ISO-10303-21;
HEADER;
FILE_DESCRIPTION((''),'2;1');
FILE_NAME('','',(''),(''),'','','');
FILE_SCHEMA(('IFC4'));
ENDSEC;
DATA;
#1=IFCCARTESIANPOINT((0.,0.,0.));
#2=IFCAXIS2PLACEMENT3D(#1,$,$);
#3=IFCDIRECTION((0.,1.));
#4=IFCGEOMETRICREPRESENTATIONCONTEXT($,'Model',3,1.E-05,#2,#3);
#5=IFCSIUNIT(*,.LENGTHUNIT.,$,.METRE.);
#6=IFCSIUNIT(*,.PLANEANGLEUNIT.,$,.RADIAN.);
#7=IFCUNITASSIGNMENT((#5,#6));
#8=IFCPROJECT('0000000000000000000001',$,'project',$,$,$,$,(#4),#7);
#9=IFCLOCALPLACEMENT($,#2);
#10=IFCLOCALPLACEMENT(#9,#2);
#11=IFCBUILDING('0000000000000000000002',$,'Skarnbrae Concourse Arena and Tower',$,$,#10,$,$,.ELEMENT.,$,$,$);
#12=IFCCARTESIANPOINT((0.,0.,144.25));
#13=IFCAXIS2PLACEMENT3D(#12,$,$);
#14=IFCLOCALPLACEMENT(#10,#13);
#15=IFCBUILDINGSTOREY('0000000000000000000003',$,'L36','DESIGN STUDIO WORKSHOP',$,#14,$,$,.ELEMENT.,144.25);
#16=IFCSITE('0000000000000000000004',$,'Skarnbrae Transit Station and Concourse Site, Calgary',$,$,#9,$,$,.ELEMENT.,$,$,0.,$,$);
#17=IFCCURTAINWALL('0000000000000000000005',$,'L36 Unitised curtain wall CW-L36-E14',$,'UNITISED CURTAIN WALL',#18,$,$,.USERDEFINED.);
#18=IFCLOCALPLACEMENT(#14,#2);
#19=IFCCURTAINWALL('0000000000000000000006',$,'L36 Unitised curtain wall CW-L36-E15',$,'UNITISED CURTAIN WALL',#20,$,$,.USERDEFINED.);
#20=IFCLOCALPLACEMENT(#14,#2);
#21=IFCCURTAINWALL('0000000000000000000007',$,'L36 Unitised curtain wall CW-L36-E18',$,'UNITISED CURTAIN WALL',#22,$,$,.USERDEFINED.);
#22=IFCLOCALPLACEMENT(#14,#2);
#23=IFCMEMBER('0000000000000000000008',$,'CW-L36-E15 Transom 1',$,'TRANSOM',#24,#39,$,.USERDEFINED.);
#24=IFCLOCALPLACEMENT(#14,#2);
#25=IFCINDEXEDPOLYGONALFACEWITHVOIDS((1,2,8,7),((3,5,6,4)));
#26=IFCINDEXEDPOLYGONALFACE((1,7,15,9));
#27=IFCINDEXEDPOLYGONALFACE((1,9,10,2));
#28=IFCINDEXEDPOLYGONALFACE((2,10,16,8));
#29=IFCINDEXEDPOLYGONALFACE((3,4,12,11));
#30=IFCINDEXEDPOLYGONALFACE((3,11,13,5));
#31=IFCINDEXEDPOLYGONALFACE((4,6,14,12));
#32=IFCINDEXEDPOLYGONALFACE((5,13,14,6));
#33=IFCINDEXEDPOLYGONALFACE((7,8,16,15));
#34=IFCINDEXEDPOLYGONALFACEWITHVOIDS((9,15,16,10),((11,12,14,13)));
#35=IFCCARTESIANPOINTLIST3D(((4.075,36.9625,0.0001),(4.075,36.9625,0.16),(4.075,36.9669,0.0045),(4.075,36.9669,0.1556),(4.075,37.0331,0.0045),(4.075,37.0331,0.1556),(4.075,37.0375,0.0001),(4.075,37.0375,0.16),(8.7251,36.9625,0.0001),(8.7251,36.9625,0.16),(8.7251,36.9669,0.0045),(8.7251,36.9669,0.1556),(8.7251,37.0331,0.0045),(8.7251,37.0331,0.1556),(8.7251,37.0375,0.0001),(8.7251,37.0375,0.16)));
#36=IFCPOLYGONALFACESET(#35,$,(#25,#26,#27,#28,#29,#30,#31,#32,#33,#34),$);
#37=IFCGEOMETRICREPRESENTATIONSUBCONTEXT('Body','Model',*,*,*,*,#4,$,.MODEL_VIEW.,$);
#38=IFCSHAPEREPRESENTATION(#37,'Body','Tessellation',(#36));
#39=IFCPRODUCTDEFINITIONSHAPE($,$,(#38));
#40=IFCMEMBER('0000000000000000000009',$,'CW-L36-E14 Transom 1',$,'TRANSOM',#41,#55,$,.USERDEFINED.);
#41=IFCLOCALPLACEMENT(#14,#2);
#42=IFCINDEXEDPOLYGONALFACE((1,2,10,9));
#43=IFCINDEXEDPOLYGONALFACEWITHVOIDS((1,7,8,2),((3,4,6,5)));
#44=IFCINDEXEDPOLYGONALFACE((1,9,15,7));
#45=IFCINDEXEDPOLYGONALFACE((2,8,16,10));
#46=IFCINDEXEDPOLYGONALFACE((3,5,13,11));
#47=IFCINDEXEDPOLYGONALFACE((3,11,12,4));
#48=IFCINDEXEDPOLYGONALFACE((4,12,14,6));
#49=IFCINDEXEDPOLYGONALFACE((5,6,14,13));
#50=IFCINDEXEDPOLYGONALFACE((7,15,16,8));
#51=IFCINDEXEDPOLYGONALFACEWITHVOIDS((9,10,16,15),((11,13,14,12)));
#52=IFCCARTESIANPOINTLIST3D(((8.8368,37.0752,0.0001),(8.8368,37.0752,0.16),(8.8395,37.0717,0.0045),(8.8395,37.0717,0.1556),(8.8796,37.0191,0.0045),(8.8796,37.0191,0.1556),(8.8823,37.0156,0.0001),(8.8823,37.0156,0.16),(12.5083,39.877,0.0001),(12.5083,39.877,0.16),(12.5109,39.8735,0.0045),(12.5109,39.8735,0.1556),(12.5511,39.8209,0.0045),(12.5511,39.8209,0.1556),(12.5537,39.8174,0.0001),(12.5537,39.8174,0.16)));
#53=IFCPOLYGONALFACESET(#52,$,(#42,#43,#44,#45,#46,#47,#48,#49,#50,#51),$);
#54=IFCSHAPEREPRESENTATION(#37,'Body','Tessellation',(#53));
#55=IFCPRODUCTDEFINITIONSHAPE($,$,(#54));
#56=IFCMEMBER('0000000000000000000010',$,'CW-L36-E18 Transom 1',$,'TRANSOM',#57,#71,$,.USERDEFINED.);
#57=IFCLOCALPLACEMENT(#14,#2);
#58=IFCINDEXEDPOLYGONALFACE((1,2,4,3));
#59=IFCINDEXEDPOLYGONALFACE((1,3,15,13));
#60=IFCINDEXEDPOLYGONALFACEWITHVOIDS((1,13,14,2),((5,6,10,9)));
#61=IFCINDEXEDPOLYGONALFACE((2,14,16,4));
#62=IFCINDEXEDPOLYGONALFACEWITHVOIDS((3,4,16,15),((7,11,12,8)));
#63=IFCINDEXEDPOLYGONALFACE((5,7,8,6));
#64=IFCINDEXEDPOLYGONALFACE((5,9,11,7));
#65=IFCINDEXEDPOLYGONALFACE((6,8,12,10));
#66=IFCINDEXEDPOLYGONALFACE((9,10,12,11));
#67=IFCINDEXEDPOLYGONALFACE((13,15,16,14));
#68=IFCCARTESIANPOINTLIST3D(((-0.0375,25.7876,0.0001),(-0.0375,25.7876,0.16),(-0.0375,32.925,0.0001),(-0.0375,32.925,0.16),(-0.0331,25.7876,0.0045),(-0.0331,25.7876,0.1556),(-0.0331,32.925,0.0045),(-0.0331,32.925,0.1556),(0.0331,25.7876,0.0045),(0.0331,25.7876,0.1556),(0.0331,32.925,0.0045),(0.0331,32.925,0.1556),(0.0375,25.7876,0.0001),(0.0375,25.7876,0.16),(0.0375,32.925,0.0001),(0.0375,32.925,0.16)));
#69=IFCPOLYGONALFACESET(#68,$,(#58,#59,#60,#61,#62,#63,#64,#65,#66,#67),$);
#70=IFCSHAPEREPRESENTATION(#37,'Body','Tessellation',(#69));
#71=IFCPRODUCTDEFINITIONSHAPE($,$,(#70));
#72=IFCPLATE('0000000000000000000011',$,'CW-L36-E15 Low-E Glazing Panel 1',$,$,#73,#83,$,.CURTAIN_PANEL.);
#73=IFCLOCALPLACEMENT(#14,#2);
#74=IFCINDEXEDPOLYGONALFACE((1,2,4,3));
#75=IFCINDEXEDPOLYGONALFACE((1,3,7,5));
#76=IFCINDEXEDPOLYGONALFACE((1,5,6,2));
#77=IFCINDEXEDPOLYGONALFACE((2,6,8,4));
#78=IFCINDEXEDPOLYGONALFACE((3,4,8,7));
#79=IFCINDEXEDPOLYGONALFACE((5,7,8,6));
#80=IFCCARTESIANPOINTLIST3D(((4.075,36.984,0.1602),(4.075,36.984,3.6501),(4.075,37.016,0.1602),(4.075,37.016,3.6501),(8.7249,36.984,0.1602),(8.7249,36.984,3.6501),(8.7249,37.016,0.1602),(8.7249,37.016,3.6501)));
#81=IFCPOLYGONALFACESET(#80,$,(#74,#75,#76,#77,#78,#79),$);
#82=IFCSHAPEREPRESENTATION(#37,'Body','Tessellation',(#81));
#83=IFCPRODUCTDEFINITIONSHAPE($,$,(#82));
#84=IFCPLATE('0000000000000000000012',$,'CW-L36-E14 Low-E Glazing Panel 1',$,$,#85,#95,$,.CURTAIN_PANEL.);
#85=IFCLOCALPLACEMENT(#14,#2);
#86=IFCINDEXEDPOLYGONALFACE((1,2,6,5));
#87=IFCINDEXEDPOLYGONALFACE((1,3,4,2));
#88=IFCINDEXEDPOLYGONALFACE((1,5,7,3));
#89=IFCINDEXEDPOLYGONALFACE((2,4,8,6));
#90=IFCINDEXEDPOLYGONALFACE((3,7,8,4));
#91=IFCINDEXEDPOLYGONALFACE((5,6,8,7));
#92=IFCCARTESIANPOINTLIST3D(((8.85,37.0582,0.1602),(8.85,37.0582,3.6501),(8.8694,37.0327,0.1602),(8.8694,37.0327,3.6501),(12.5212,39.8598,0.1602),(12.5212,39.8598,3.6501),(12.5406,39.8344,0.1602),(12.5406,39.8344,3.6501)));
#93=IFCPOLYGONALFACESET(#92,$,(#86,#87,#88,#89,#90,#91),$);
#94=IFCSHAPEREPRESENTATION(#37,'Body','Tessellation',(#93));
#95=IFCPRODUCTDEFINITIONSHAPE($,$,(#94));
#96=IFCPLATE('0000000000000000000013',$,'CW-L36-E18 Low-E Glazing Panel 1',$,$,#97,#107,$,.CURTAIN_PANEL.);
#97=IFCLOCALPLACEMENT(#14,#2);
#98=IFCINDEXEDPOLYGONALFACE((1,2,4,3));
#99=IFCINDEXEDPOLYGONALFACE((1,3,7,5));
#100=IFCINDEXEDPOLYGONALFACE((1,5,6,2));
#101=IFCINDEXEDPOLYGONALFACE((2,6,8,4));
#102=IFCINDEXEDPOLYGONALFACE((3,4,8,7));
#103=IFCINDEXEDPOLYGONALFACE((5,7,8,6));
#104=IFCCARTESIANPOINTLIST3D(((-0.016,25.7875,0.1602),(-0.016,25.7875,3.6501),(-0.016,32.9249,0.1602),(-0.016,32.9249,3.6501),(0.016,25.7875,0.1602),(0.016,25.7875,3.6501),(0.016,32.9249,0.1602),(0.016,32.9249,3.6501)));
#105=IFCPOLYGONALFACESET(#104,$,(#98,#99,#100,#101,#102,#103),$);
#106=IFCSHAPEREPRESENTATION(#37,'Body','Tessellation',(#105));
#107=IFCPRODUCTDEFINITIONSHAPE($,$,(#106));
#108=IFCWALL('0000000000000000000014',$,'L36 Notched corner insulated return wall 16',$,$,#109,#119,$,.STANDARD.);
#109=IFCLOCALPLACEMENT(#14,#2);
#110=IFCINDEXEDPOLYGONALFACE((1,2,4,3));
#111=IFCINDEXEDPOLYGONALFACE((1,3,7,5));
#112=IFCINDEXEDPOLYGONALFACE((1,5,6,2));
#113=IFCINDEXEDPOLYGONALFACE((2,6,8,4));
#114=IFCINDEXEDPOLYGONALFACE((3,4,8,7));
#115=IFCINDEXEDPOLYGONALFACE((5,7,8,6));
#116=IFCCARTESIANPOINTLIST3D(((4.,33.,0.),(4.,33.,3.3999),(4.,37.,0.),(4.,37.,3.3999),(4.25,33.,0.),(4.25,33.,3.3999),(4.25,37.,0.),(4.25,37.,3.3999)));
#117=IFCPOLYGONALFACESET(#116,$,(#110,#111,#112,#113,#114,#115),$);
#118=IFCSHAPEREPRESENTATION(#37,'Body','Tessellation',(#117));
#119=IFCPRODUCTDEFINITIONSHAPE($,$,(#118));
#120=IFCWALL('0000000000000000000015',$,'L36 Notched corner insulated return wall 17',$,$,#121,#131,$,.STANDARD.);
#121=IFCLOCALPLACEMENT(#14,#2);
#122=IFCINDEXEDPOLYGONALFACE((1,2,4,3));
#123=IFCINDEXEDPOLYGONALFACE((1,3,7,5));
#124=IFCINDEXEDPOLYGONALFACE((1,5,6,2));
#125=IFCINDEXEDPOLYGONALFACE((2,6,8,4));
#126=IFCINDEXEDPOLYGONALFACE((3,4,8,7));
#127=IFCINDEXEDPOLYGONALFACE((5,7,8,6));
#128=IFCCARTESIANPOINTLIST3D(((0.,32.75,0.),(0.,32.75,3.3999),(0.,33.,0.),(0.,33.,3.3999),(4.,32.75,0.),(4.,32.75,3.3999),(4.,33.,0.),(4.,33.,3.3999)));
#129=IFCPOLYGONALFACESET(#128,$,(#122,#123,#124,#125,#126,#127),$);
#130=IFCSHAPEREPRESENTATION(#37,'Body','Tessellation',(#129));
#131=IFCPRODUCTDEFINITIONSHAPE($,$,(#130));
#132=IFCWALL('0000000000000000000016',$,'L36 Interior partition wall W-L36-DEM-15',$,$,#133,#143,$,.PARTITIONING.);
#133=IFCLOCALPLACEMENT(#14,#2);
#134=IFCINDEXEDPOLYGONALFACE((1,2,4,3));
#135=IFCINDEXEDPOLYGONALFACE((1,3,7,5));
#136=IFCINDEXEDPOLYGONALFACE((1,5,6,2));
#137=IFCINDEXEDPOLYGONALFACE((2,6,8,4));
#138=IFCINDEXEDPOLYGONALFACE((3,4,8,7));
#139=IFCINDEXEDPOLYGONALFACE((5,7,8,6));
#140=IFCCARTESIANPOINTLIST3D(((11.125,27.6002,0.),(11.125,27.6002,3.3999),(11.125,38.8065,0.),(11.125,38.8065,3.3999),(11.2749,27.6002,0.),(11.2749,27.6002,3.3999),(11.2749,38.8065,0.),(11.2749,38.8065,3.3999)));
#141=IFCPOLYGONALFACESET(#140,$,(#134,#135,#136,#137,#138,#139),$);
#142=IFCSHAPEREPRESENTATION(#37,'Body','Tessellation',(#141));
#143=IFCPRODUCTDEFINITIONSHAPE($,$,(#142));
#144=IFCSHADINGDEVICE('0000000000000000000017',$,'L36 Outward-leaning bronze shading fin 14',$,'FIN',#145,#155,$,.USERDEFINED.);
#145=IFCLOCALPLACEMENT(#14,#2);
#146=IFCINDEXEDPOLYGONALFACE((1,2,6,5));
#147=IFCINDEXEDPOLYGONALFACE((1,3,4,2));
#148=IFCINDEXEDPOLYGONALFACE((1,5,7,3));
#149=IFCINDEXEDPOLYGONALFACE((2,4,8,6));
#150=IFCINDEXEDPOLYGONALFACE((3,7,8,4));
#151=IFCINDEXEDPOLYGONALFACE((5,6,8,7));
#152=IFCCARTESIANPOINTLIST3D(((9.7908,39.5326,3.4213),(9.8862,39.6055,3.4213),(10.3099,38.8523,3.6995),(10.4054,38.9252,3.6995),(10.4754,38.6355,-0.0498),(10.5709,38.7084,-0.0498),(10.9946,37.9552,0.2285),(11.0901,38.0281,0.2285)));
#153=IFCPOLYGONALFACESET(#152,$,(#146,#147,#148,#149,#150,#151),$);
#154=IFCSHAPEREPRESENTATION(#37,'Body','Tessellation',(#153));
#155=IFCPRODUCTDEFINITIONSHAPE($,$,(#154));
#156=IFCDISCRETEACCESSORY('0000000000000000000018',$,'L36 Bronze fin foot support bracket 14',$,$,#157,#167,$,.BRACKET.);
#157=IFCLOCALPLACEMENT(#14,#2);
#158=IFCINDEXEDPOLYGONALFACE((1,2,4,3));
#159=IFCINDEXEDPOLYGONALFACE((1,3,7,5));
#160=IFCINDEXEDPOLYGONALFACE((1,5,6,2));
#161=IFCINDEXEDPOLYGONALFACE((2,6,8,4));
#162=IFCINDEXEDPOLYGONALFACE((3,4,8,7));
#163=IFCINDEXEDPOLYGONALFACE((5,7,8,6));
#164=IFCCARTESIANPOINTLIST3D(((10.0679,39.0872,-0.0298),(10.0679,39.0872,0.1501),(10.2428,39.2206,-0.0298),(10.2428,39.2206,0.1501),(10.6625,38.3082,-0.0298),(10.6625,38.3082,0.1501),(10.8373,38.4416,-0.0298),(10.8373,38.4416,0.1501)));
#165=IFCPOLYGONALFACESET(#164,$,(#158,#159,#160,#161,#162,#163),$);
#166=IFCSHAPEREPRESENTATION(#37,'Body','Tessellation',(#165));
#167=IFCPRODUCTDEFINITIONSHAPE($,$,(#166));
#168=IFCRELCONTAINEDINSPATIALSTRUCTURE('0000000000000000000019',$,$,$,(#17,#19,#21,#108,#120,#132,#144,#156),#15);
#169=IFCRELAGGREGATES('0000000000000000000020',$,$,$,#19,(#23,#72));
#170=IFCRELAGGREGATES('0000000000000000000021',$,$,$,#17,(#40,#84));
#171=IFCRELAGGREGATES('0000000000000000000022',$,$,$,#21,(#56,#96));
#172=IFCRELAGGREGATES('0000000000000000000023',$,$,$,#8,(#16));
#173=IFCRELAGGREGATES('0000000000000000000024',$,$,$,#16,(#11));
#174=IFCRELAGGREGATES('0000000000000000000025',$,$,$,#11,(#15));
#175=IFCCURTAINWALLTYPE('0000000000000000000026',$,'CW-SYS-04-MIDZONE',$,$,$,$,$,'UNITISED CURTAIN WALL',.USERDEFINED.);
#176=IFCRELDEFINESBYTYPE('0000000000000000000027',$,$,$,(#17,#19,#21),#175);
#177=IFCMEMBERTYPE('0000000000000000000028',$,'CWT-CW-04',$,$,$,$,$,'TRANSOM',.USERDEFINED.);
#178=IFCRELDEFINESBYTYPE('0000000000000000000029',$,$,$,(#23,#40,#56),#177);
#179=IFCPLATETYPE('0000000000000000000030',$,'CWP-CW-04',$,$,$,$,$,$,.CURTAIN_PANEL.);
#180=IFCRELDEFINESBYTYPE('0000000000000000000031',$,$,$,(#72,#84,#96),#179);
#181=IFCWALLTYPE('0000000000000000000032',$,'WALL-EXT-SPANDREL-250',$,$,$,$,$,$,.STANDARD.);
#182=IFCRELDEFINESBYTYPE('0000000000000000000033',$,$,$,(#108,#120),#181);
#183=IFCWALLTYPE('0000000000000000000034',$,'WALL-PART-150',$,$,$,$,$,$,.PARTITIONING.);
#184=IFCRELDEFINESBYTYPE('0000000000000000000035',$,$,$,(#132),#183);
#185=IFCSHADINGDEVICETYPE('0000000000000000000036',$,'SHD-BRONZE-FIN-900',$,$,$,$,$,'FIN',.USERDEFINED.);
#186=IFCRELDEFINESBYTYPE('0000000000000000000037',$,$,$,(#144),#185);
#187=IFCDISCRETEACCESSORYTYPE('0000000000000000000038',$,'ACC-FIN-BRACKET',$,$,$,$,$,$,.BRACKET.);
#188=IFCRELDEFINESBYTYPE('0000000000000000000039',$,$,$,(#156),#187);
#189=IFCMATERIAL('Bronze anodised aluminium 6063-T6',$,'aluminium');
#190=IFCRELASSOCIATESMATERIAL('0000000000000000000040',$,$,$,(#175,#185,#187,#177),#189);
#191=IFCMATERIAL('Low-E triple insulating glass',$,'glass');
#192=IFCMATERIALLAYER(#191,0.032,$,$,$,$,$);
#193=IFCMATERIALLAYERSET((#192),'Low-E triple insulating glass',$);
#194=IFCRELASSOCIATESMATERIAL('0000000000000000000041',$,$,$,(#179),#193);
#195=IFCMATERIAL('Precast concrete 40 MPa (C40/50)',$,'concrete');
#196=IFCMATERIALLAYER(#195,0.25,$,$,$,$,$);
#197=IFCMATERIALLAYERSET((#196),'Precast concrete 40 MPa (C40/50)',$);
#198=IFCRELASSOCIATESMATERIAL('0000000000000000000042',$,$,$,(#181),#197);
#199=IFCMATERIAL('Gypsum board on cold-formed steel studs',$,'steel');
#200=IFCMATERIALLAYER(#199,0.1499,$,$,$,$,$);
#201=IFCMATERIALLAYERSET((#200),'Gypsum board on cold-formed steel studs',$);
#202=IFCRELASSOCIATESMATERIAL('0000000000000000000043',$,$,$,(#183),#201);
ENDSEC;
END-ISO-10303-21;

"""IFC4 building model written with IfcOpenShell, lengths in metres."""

from ifc_helpers import new_model, si_unit, direction, frame, frame_2d, origin, origin_2d, place, context, subcontext, project, spatial, rectangle, hollow_rectangle, extrude, source, transform, mapped, material, layer, layer_set, material_profile, profile_set, type_object, element, aggregate, save


model = new_model("IFC4")

# Units and contexts
model_context = context("Model", 3, precision=1e-05, world=origin(), true_north=direction((0.0, 1.0)))
body_context = subcontext(model_context, "Body", "Model", "MODEL_VIEW")
ifc_project = project(units=[si_unit("LENGTHUNIT", "METRE"), si_unit("PLANEANGLEUNIT", "RADIAN")], contexts=[model_context])

# Site, building, storey
site_placement = place(None, origin())
site = spatial("IfcSite", under=ifc_project, at=site_placement, Name="Skarnbrae Transit Station and Concourse Site, Calgary", CompositionType="ELEMENT", RefElevation=0.0)
building_placement = place(site_placement, origin())
building = spatial("IfcBuilding", under=site, at=building_placement, Name="Skarnbrae Concourse Arena and Tower", CompositionType="ELEMENT")
storey_placement = place(building_placement, frame((0.0, 0.0, 144.25)))
storey = spatial("IfcBuildingStorey", under=building, at=storey_placement, Name="L36", Description="DESIGN STUDIO WORKSHOP", CompositionType="ELEMENT", Elevation=144.25)

# Shared definitions
ifc_material_1 = material(Name="Bronze anodised aluminium 6063-T6", Category="aluminium")
curtain_wall_type = type_object("IfcCurtainWallType", Name="CW-SYS-04-MIDZONE", ElementType="UNITISED CURTAIN WALL", PredefinedType="USERDEFINED", material=ifc_material_1)

# Curtain walls
curtain_wall_1_placement = place(storey_placement, origin())
curtain_wall_1 = element("IfcCurtainWall", 1, at=curtain_wall_1_placement, inside=storey, type_object=curtain_wall_type, Name="L36 Unitised curtain wall CW-L36-E14", ObjectType="UNITISED CURTAIN WALL", PredefinedType="USERDEFINED")
curtain_wall_2_placement = place(storey_placement, origin())
curtain_wall_2 = element("IfcCurtainWall", 2, at=curtain_wall_2_placement, inside=storey, type_object=curtain_wall_type, Name="L36 Unitised curtain wall CW-L36-E15", ObjectType="UNITISED CURTAIN WALL", PredefinedType="USERDEFINED")

# Curtain wall
curtain_wall_3_placement = place(storey_placement, origin())
curtain_wall_3 = element("IfcCurtainWall", 3, at=curtain_wall_3_placement, inside=storey, type_object=curtain_wall_type, Name="L36 Unitised curtain wall CW-L36-E18", ObjectType="UNITISED CURTAIN WALL", PredefinedType="USERDEFINED")

# Members
ifc_material_profile_1 = material_profile(ifc_material_1, hollow_rectangle(XDim=0.075, YDim=0.1599, WallThickness=0.0044, at=origin_2d()), Name="ALU-TRAN-75X160")
ifc_profile_set_1 = profile_set([ifc_material_profile_1], Name="Bronze anodised aluminium 6063-T6")
member_type_1 = type_object("IfcMemberType", Name="CWT-CW-04", ElementType="TRANSOM", PredefinedType="USERDEFINED", material=ifc_profile_set_1)
shared_shape_1 = source(origin(), body_context, "Body", "SweptSolid", [
    extrude(hollow_rectangle(XDim=0.075, YDim=0.1599, WallThickness=0.0044, at=origin_2d()), origin(), (0.0, 0.0, 1.0), 4.6501),
])
member_1_placement = place(storey_placement, frame((8.7251, 37.0, 0.0801), z_axis=(-1.0, 0.0, 0.0), x_axis=(0.0, -1.0, 0.0)))
member_1 = element("IfcMember", 4, at=member_1_placement, type_object=member_type_1, Name="CW-L36-E15 Transom 1", ObjectType="TRANSOM", PredefinedType="USERDEFINED", context=body_context, shape_type="MappedRepresentation", body=[
    mapped(shared_shape_1, transform((0.0, 0.0, 0.0))),
])
shared_shape_2 = source(origin(), body_context, "Body", "SweptSolid", [
    extrude(hollow_rectangle(XDim=0.075, YDim=0.1599, WallThickness=0.0044, at=origin_2d()), origin(), (0.0, 0.0, 1.0), 4.6184),
])
member_2_placement = place(storey_placement, frame((12.531, 39.8472, 0.0801), z_axis=(-0.794961, -0.606661, 0.0), x_axis=(0.606661, -0.794961, 0.0)))
member_2 = element("IfcMember", 5, at=member_2_placement, type_object=member_type_1, Name="CW-L36-E14 Transom 1", ObjectType="TRANSOM", PredefinedType="USERDEFINED", context=body_context, shape_type="MappedRepresentation", body=[
    mapped(shared_shape_2, transform((0.0, 0.0, 0.0))),
])
shared_shape_3 = source(origin(), body_context, "Body", "SweptSolid", [
    extrude(hollow_rectangle(XDim=0.075, YDim=0.1599, WallThickness=0.0044, at=origin_2d()), origin(), (0.0, 0.0, 1.0), 7.1375),
])
member_3_placement = place(storey_placement, frame((0.0, 32.925, 0.0801), z_axis=(0.0, -1.0, 0.0), x_axis=(1.0, 0.0, 0.0)))
member_3 = element("IfcMember", 6, at=member_3_placement, type_object=member_type_1, Name="CW-L36-E18 Transom 1", ObjectType="TRANSOM", PredefinedType="USERDEFINED", context=body_context, shape_type="MappedRepresentation", body=[
    mapped(shared_shape_3, transform((0.0, 0.0, 0.0))),
])

# Plates
ifc_material_2 = material(Name="Low-E triple insulating glass", Category="glass")
ifc_layer_1 = layer(ifc_material_2, 0.032)
ifc_layer_set_1 = layer_set([ifc_layer_1], Name="Low-E triple insulating glass")
plate_type = type_object("IfcPlateType", Name="CWP-CW-04", PredefinedType="CURTAIN_PANEL", material=ifc_layer_set_1)
shared_shape_4 = source(origin(), body_context, "Body", "SweptSolid", [
    extrude(rectangle(XDim=4.6499, YDim=0.032, at=origin_2d()), origin(), (0.0, 0.0, 1.0), 3.49),
])
plate_1_placement = place(storey_placement, frame((6.3999, 37.0, 0.1602), z_axis=(0.0, 0.0, 1.0), x_axis=(-1.0, 0.0, 0.0)))
plate_1 = element("IfcPlate", 7, at=plate_1_placement, type_object=plate_type, Name="CW-L36-E15 Low-E Glazing Panel 1", PredefinedType="CURTAIN_PANEL", context=body_context, shape_type="MappedRepresentation", body=[
    mapped(shared_shape_4, transform((0.0, 0.0, 0.0))),
])
aggregate(curtain_wall_2, [member_1, plate_1])
shared_shape_5 = source(origin(), body_context, "Body", "SweptSolid", [
    extrude(rectangle(XDim=4.6182, YDim=0.032, at=origin_2d()), origin(), (0.0, 0.0, 1.0), 3.49),
])
plate_2_placement = place(storey_placement, frame((10.6953, 38.4463, 0.1602), z_axis=(0.0, 0.0, 1.0), x_axis=(-0.794956, -0.606667, 0.0)))
plate_2 = element("IfcPlate", 8, at=plate_2_placement, type_object=plate_type, Name="CW-L36-E14 Low-E Glazing Panel 1", PredefinedType="CURTAIN_PANEL", context=body_context, shape_type="MappedRepresentation", body=[
    mapped(shared_shape_5, transform((0.0, 0.0, 0.0))),
])
aggregate(curtain_wall_1, [member_2, plate_2])
shared_shape_6 = source(origin(), body_context, "Body", "SweptSolid", [
    extrude(rectangle(XDim=7.1375, YDim=0.032, at=origin_2d()), origin(), (0.0, 0.0, 1.0), 3.49),
])
plate_3_placement = place(storey_placement, frame((0.0, 29.3562, 0.1602), z_axis=(0.0, 0.0, 1.0), x_axis=(0.0, -1.0, 0.0)))
plate_3 = element("IfcPlate", 9, at=plate_3_placement, type_object=plate_type, Name="CW-L36-E18 Low-E Glazing Panel 1", PredefinedType="CURTAIN_PANEL", context=body_context, shape_type="MappedRepresentation", body=[
    mapped(shared_shape_6, transform((0.0, 0.0, 0.0))),
])
aggregate(curtain_wall_3, [member_3, plate_3])

# Walls
ifc_material_3 = material(Name="Precast concrete 40 MPa (C40/50)", Category="concrete")
ifc_layer_2 = layer(ifc_material_3, 0.25)
ifc_layer_set_2 = layer_set([ifc_layer_2], Name="Precast concrete 40 MPa (C40/50)")
wall_type_1 = type_object("IfcWallType", Name="WALL-EXT-SPANDREL-250", PredefinedType="STANDARD", material=ifc_layer_set_2)
shared_shape_7 = source(origin(), body_context, "Body", "SweptSolid", [
    extrude(rectangle(XDim=4.0, YDim=0.25, at=frame_2d((2.0, 0.0))), origin(), (0.0, 0.0, 1.0), 3.3999),
])
for number, where, z_axis, x_axis, name in (
    (10, (4.125, 37.0, 0.0), (0.0, 0.0, 1.0), (0.0, -1.0, 0.0), "L36 Notched corner insulated return wall 16"),
    (11, (4.0, 32.875, 0.0), (0.0, 0.0, 1.0), (-1.0, 0.0, 0.0), "L36 Notched corner insulated return wall 17"),
):
    element("IfcWall", number, at=place(storey_placement, frame(where, z_axis=z_axis, x_axis=x_axis)), inside=storey, type_object=wall_type_1, Name=name, PredefinedType="STANDARD", context=body_context, shape_type="MappedRepresentation", body=[
        mapped(shared_shape_7, transform((0.0, 0.0, 0.0))),
    ])
ifc_material_4 = material(Name="Gypsum board on cold-formed steel studs", Category="steel")
ifc_layer_3 = layer(ifc_material_4, 0.1499)
ifc_layer_set_3 = layer_set([ifc_layer_3], Name="Gypsum board on cold-formed steel studs")
wall_type_2 = type_object("IfcWallType", Name="WALL-PART-150", PredefinedType="PARTITIONING", material=ifc_layer_set_3)
shared_shape_8 = source(origin(), body_context, "Body", "SweptSolid", [
    extrude(rectangle(XDim=11.2063, YDim=0.1499, at=frame_2d((5.603, 0.0))), origin(), (0.0, 0.0, 1.0), 3.3999),
])
wall_placement = place(storey_placement, frame((11.2, 38.8064, 0.0), z_axis=(0.0, 0.0, 1.0), x_axis=(0.0, -1.0, 0.0)))
element("IfcWall", 12, at=wall_placement, inside=storey, type_object=wall_type_2, Name="L36 Interior partition wall W-L36-DEM-15", PredefinedType="PARTITIONING", context=body_context, shape_type="MappedRepresentation", body=[
    mapped(shared_shape_8, transform((0.0, 0.0, 0.0))),
])

# Shading device
shading_device_type = type_object("IfcShadingDeviceType", Name="SHD-BRONZE-FIN-900", ElementType="FIN", PredefinedType="USERDEFINED", material=ifc_material_1)
shared_shape_9 = source(origin(), body_context, "Body", "SweptSolid", [
    extrude(rectangle(XDim=0.1201, YDim=0.8999, at=origin_2d()), origin(), (0.0, 0.0, 1.0), 3.6499),
])
shading_device_placement = place(storey_placement, frame((10.7827, 38.3318, 0.0894), z_axis=(-0.187572, 0.245787, 0.951003), x_axis=(0.794955, 0.606668, 0.0)))
element("IfcShadingDevice", 13, at=shading_device_placement, inside=storey, type_object=shading_device_type, Name="L36 Outward-leaning bronze shading fin 14", ObjectType="FIN", PredefinedType="USERDEFINED", context=body_context, shape_type="MappedRepresentation", body=[
    mapped(shared_shape_9, transform((0.0, 0.0, 0.0))),
])

# Discrete accessory
discrete_accessory_type = type_object("IfcDiscreteAccessoryType", Name="ACC-FIN-BRACKET", PredefinedType="BRACKET", material=ifc_material_1)
shared_shape_10 = source(origin(), body_context, "Body", "SweptSolid", [
    extrude(rectangle(XDim=0.22, YDim=0.98, at=origin_2d()), origin(), (0.0, 0.0, 1.0), 0.1799),
])
discrete_accessory_placement = place(storey_placement, frame((10.4526, 38.7644, -0.0298), z_axis=(0.0, 0.0, 1.0), x_axis=(0.794955, 0.606668, 0.0)))
element("IfcDiscreteAccessory", 14, at=discrete_accessory_placement, inside=storey, type_object=discrete_accessory_type, Name="L36 Bronze fin foot support bracket 14", PredefinedType="BRACKET", context=body_context, shape_type="MappedRepresentation", body=[
    mapped(shared_shape_10, transform((0.0, 0.0, 0.0))),
])

save(model, "model.ifc")
